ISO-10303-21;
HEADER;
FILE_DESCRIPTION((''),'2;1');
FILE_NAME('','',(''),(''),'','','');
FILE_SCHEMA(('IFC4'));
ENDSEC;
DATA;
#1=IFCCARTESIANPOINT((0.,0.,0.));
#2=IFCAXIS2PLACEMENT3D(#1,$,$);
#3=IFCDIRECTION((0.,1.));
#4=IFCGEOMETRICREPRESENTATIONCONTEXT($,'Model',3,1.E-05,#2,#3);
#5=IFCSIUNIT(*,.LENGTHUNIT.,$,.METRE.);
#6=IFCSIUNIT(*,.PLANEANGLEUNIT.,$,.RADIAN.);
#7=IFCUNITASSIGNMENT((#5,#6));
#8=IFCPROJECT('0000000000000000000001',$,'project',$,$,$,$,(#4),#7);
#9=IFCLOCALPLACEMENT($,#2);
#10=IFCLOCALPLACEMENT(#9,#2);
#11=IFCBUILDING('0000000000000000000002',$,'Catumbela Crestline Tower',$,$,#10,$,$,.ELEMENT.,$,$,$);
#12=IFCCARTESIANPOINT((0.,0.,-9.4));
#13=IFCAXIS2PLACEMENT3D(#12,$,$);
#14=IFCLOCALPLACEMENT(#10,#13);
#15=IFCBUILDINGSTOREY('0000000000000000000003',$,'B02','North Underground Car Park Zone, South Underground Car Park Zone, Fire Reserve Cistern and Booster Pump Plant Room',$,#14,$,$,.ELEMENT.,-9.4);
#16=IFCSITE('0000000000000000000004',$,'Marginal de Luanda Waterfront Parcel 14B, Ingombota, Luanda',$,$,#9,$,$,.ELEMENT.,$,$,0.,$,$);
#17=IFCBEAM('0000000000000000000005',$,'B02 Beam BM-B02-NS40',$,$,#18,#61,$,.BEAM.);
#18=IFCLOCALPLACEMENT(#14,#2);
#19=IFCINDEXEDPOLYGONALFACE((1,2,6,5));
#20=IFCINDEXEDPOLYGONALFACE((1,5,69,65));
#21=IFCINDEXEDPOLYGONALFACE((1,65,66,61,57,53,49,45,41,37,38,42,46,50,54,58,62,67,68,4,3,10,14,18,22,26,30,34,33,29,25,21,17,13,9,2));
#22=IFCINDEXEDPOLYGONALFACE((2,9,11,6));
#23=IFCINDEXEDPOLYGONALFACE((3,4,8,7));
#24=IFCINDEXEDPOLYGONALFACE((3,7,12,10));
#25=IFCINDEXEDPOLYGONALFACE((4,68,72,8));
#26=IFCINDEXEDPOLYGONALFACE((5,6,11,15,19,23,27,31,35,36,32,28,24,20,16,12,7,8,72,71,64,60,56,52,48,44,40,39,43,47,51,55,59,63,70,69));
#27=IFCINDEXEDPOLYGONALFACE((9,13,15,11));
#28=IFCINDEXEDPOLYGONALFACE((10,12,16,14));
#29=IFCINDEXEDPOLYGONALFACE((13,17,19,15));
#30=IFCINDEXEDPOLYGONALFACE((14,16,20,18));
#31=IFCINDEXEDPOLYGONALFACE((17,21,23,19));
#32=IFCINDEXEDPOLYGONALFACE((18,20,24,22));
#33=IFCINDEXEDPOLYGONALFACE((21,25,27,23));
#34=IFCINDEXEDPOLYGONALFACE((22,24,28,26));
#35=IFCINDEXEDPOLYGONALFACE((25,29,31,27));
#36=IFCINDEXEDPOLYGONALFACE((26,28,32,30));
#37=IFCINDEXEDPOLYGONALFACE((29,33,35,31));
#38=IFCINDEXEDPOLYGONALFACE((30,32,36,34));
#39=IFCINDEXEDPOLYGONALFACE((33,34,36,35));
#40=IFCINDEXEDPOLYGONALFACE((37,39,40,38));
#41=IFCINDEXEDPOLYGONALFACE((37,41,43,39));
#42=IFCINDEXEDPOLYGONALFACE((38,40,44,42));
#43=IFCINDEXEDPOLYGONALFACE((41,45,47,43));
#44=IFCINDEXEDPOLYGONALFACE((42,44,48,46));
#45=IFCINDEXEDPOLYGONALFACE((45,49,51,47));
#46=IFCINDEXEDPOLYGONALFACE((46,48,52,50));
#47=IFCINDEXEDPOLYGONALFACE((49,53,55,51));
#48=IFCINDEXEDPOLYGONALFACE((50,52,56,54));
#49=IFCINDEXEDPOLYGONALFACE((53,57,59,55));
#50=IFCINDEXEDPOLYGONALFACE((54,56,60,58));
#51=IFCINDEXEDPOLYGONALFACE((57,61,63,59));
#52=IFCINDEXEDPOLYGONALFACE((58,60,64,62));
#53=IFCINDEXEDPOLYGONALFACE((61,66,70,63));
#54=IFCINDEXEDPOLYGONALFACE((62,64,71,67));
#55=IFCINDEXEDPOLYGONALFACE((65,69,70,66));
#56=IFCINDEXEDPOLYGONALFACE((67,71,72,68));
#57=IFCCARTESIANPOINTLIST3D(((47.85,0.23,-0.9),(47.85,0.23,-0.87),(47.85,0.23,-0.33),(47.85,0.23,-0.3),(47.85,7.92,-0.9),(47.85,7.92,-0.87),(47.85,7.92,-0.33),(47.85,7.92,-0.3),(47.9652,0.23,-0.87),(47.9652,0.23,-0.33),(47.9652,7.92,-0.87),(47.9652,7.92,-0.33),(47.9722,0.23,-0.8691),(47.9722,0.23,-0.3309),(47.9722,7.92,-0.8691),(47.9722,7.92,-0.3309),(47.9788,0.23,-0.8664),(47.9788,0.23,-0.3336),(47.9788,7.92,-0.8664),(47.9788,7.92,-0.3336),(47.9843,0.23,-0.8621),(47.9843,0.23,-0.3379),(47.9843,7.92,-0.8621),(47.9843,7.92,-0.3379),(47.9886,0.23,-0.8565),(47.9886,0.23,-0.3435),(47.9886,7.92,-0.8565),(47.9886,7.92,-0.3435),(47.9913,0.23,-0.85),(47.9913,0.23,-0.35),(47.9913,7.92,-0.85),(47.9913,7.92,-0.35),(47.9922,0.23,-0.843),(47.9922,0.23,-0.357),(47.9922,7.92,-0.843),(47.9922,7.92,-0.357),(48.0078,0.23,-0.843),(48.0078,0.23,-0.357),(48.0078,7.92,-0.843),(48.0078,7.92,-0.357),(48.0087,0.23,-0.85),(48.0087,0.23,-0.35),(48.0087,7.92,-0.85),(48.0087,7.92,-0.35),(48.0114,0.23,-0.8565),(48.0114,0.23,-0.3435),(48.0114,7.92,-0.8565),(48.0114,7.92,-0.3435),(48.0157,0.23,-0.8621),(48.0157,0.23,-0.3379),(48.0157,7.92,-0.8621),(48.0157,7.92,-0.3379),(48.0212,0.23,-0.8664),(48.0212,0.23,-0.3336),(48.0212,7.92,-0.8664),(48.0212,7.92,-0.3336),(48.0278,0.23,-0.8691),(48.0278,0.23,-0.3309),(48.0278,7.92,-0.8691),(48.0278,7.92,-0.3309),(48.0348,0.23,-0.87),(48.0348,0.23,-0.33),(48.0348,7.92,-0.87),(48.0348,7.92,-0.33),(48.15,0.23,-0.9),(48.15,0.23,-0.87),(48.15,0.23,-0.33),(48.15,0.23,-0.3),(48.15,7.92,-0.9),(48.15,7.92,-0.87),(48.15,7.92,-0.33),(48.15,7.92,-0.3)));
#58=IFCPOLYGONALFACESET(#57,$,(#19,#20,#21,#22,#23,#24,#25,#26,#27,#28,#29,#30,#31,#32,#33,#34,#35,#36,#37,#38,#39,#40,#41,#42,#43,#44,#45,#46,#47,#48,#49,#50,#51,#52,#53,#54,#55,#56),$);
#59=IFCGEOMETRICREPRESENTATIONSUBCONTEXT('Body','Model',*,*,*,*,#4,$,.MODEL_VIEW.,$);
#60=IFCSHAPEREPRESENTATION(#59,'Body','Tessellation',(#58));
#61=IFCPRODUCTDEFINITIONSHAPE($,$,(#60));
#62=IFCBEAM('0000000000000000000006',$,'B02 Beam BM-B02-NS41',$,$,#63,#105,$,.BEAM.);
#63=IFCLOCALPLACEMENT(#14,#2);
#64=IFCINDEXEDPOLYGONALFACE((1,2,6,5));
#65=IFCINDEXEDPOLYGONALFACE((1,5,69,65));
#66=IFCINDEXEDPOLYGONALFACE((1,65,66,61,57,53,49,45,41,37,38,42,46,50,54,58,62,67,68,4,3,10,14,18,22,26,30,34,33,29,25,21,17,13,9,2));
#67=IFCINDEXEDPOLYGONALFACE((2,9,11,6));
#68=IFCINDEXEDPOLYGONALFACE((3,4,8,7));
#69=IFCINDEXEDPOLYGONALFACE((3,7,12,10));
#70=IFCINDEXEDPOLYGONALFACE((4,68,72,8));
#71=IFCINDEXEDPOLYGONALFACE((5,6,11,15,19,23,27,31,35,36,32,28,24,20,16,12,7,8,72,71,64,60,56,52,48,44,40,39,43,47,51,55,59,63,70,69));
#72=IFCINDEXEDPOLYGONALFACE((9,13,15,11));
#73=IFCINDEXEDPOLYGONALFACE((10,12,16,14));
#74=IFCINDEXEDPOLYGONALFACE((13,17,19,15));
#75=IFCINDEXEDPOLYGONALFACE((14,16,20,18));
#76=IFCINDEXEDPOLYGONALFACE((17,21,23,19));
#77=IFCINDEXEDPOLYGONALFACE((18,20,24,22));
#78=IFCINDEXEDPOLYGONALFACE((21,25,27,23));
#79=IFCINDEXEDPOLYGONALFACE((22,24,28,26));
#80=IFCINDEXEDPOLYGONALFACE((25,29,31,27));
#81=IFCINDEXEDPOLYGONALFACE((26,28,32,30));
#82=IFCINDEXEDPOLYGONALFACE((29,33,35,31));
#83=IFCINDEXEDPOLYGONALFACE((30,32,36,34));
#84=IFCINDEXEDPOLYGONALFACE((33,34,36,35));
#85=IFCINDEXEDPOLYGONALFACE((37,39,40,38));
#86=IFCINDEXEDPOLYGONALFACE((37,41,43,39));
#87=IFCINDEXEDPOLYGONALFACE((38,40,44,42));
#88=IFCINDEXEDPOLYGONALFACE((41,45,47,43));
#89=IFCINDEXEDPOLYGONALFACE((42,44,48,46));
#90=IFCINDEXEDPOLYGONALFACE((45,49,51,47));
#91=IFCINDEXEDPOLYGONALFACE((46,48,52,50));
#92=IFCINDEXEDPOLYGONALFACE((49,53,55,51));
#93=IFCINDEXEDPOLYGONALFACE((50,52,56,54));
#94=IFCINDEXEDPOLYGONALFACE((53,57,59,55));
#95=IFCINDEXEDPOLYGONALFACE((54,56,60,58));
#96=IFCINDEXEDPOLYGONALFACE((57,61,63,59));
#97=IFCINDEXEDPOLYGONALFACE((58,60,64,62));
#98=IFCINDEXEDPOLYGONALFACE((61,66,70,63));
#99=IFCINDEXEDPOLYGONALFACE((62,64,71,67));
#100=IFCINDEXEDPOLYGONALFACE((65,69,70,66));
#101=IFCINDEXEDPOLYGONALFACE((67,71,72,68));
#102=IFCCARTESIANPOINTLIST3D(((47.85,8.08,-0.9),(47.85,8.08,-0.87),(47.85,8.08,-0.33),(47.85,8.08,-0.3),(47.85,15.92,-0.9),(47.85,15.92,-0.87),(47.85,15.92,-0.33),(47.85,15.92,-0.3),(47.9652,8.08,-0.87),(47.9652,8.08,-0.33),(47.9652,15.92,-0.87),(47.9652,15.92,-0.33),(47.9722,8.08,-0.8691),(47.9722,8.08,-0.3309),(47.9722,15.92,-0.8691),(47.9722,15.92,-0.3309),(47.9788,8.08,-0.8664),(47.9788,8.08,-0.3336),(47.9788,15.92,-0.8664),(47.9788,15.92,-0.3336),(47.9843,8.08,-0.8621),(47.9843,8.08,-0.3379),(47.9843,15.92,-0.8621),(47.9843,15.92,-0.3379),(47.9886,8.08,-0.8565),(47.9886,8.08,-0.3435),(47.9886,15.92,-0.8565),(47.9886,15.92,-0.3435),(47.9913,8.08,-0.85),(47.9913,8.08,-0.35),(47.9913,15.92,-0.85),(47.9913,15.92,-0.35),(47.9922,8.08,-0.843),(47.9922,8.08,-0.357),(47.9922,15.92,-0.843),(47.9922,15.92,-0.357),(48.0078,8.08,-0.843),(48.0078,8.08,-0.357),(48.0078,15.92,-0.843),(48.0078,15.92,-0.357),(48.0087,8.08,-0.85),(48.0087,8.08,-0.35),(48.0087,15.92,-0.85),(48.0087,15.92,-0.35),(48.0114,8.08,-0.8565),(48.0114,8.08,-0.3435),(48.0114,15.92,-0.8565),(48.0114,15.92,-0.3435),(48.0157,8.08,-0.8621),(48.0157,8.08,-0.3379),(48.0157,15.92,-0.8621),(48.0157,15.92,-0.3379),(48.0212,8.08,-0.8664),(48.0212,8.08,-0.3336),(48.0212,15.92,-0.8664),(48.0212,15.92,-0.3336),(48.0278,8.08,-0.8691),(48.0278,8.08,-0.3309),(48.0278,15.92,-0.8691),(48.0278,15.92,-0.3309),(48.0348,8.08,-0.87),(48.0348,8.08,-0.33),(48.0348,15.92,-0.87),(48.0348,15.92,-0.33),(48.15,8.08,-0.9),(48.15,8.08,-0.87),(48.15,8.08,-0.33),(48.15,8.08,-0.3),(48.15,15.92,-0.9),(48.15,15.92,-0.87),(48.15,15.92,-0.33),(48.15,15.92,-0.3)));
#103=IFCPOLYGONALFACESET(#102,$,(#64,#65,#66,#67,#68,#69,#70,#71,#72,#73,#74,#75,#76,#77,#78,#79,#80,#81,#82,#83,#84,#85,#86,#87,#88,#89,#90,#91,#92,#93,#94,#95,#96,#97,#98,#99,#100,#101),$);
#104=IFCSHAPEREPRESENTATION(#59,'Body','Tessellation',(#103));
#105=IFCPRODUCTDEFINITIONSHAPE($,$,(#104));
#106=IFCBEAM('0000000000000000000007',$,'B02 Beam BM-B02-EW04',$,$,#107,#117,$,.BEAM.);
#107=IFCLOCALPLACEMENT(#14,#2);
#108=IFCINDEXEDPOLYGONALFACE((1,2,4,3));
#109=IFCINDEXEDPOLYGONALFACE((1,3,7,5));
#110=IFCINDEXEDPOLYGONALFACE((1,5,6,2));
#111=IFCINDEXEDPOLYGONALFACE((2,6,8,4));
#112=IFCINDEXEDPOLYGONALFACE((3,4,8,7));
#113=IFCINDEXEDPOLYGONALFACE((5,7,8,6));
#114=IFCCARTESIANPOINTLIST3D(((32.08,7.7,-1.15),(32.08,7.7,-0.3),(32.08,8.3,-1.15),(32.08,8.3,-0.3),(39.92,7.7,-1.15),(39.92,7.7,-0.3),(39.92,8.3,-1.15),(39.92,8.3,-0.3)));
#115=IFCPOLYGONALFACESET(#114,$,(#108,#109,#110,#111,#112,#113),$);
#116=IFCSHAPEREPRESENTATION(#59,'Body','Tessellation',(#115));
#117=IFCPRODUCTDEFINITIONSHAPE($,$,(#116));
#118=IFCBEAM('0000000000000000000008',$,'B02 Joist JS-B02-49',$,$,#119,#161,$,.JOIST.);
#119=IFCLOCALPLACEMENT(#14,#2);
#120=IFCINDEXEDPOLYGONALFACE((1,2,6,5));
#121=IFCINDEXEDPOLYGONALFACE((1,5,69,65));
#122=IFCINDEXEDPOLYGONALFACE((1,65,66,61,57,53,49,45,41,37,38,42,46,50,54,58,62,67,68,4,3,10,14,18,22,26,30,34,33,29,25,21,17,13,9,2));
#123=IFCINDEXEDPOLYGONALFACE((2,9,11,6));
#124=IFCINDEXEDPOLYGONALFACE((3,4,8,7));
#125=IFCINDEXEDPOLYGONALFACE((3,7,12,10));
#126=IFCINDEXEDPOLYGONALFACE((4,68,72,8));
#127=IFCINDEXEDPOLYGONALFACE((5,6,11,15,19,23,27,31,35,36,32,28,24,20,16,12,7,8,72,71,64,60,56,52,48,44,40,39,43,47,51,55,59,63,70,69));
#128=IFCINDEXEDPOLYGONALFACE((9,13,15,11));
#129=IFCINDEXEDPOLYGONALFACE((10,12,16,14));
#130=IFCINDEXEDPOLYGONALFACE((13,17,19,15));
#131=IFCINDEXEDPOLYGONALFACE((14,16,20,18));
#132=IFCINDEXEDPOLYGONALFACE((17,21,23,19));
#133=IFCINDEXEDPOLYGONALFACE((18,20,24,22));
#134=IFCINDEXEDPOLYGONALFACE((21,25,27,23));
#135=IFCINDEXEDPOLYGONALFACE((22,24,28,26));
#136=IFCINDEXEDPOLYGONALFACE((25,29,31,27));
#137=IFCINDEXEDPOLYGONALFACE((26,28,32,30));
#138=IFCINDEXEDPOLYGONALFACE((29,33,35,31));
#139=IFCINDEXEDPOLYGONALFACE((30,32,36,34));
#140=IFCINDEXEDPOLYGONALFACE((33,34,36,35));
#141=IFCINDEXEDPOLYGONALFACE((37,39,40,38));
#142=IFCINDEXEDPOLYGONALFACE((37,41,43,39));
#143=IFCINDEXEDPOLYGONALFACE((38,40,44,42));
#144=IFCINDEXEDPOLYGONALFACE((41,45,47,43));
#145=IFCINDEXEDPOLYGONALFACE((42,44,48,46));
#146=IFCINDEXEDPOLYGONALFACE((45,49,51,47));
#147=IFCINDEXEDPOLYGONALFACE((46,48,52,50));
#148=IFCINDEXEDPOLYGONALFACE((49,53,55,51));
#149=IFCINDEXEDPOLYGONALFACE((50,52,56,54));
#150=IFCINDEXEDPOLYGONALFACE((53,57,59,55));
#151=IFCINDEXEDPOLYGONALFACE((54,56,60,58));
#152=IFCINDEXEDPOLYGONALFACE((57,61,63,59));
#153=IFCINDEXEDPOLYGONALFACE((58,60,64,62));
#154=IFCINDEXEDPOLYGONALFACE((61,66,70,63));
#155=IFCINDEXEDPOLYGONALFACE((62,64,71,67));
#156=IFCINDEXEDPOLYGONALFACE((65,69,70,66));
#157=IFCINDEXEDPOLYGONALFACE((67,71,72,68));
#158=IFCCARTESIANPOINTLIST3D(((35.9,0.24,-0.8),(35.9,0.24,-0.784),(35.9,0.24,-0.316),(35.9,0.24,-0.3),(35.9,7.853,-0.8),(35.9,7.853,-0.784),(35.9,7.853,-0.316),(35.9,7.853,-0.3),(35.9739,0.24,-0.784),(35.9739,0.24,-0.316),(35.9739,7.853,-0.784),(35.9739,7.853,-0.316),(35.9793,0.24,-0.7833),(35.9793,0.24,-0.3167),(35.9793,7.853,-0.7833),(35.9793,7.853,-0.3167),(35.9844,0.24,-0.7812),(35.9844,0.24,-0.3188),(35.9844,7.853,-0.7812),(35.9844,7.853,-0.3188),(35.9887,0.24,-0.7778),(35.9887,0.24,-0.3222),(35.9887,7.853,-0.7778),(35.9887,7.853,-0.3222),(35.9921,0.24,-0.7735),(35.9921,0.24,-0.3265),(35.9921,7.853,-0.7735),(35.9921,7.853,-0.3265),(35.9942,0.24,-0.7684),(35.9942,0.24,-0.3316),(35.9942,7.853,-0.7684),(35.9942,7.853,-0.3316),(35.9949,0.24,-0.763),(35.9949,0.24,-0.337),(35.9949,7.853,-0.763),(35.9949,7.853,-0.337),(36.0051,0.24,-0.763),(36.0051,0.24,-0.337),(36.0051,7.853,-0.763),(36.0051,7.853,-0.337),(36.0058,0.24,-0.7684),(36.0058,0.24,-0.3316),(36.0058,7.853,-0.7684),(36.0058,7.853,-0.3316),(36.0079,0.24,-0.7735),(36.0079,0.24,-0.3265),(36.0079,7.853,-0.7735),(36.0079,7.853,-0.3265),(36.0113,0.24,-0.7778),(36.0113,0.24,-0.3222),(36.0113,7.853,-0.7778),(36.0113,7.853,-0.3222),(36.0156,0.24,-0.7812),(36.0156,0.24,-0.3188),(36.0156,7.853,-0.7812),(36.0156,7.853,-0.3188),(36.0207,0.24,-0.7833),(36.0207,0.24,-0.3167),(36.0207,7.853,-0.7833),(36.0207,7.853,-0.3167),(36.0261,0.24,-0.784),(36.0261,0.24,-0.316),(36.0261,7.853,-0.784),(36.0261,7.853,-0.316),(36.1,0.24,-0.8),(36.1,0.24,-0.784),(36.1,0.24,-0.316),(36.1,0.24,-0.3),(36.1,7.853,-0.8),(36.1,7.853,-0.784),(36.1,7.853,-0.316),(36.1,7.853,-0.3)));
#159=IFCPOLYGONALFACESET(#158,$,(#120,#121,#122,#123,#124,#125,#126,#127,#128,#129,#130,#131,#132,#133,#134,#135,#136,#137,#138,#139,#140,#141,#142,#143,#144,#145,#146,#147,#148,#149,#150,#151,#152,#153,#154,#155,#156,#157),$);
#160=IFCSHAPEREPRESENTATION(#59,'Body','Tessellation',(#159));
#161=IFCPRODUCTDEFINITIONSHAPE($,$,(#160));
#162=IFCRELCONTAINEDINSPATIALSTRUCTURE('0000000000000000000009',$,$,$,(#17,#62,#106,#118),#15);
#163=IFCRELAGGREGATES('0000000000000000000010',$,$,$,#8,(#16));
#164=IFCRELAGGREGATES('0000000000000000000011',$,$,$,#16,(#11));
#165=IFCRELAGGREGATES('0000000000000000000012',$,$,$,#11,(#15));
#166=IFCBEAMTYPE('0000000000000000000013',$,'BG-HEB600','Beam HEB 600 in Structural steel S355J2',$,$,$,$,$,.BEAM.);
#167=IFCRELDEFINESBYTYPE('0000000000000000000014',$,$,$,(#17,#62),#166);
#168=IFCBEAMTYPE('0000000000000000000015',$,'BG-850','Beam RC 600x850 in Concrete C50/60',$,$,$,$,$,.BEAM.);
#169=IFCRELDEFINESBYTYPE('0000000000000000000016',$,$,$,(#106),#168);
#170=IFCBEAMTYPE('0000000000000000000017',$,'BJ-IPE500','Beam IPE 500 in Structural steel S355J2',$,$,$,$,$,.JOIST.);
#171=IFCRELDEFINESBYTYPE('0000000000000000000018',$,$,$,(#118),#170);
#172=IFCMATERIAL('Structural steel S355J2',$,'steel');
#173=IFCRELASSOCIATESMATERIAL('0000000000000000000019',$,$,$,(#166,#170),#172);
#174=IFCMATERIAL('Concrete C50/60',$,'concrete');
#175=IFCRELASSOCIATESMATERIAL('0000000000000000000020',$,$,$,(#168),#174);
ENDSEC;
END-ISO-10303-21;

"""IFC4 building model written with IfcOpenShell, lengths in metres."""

from ifc_helpers import new_model, si_unit, direction, frame, origin, origin_2d, place, context, subcontext, project, spatial, rectangle, i_section, extrude, material, material_profile, profile_set, type_object, element, save


model = new_model("IFC4")

# Units and contexts
model_context = context("Model", 3, precision=1e-05, world=origin(), true_north=direction((0.0, 1.0)))
body_context = subcontext(model_context, "Body", "Model", "MODEL_VIEW")
ifc_project = project(units=[si_unit("LENGTHUNIT", "METRE"), si_unit("PLANEANGLEUNIT", "RADIAN")], contexts=[model_context])

# Site, building, storey
site_placement = place(None, origin())
site = spatial("IfcSite", under=ifc_project, at=site_placement, Name="Marginal de Luanda Waterfront Parcel 14B, Ingombota, Luanda", CompositionType="ELEMENT", RefElevation=0.0)
building_placement = place(site_placement, origin())
building = spatial("IfcBuilding", under=site, at=building_placement, Name="Catumbela Crestline Tower", CompositionType="ELEMENT")
storey_placement = place(building_placement, frame((0.0, 0.0, -9.4)))
storey = spatial("IfcBuildingStorey", under=building, at=storey_placement, Name="B02", Description="North Underground Car Park Zone, South Underground Car Park Zone, Fire Reserve Cistern and Booster Pump Plant Room", CompositionType="ELEMENT", Elevation=-9.4)

# Beams
ifc_material_1 = material(Name="Structural steel S355J2", Category="steel")
ifc_material_profile_1 = material_profile(ifc_material_1, i_section(OverallWidth=0.3, OverallDepth=0.6, WebThickness=0.0155, FlangeThickness=0.03, FilletRadius=0.027, at=origin_2d()), Name="HEB 600")
ifc_profile_set_1 = profile_set([ifc_material_profile_1], Name="Structural steel S355J2")
beam_type_1 = type_object("IfcBeamType", Name="BG-HEB600", Description="Beam HEB 600 in Structural steel S355J2", PredefinedType="BEAM", material=ifc_profile_set_1)
beam_1_placement = place(storey_placement, frame((48.0, 0.23, -0.6), z_axis=(0.0, 1.0, 0.0), x_axis=(-1.0, 0.0, 0.0)))
element("IfcBeam", 1, at=beam_1_placement, inside=storey, type_object=beam_type_1, Name="B02 Beam BM-B02-NS40", PredefinedType="BEAM", context=body_context, shape_type="SweptSolid", body=[
    extrude(i_section(OverallWidth=0.3, OverallDepth=0.6, WebThickness=0.0155, FlangeThickness=0.03, FilletRadius=0.027, at=origin_2d()), origin(), (0.0, 0.0, 1.0), 7.69),
])
beam_2_placement = place(storey_placement, frame((48.0, 8.08, -0.6), z_axis=(0.0, 1.0, 0.0), x_axis=(-1.0, 0.0, 0.0)))
element("IfcBeam", 2, at=beam_2_placement, inside=storey, type_object=beam_type_1, Name="B02 Beam BM-B02-NS41", PredefinedType="BEAM", context=body_context, shape_type="SweptSolid", body=[
    extrude(i_section(OverallWidth=0.3, OverallDepth=0.6, WebThickness=0.0155, FlangeThickness=0.03, FilletRadius=0.027, at=origin_2d()), origin(), (0.0, 0.0, 1.0), 7.84),
])
ifc_material_2 = material(Name="Concrete C50/60", Category="concrete")
ifc_material_profile_2 = material_profile(ifc_material_2, rectangle(XDim=0.6, YDim=0.85, at=origin_2d()), Name="RC 600x850")
ifc_profile_set_2 = profile_set([ifc_material_profile_2], Name="Concrete C50/60")
beam_type_2 = type_object("IfcBeamType", Name="BG-850", Description="Beam RC 600x850 in Concrete C50/60", PredefinedType="BEAM", material=ifc_profile_set_2)
beam_3_placement = place(storey_placement, frame((32.08, 8.0, -0.725), z_axis=(1.0, 0.0, 0.0), x_axis=(0.0, 1.0, 0.0)))
element("IfcBeam", 3, at=beam_3_placement, inside=storey, type_object=beam_type_2, Name="B02 Beam BM-B02-EW04", PredefinedType="BEAM", context=body_context, shape_type="SweptSolid", body=[
    extrude(rectangle(XDim=0.6, YDim=0.85, at=origin_2d()), origin(), (0.0, 0.0, 1.0), 7.84),
])
ifc_material_profile_3 = material_profile(ifc_material_1, i_section(OverallWidth=0.2, OverallDepth=0.5, WebThickness=0.0102, FlangeThickness=0.016, FilletRadius=0.021, at=origin_2d()), Name="IPE 500")
ifc_profile_set_3 = profile_set([ifc_material_profile_3], Name="Structural steel S355J2")
beam_type_3 = type_object("IfcBeamType", Name="BJ-IPE500", Description="Beam IPE 500 in Structural steel S355J2", PredefinedType="JOIST", material=ifc_profile_set_3)
beam_4_placement = place(storey_placement, frame((36.0, 0.24, -0.55), z_axis=(0.0, 1.0, 0.0), x_axis=(-1.0, 0.0, 0.0)))
element("IfcBeam", 4, at=beam_4_placement, inside=storey, type_object=beam_type_3, Name="B02 Joist JS-B02-49", PredefinedType="JOIST", context=body_context, shape_type="SweptSolid", body=[
    extrude(i_section(OverallWidth=0.2, OverallDepth=0.5, WebThickness=0.0102, FlangeThickness=0.016, FilletRadius=0.021, at=origin_2d()), origin(), (0.0, 0.0, 1.0), 7.613),
])

save(model, "model.ifc")
